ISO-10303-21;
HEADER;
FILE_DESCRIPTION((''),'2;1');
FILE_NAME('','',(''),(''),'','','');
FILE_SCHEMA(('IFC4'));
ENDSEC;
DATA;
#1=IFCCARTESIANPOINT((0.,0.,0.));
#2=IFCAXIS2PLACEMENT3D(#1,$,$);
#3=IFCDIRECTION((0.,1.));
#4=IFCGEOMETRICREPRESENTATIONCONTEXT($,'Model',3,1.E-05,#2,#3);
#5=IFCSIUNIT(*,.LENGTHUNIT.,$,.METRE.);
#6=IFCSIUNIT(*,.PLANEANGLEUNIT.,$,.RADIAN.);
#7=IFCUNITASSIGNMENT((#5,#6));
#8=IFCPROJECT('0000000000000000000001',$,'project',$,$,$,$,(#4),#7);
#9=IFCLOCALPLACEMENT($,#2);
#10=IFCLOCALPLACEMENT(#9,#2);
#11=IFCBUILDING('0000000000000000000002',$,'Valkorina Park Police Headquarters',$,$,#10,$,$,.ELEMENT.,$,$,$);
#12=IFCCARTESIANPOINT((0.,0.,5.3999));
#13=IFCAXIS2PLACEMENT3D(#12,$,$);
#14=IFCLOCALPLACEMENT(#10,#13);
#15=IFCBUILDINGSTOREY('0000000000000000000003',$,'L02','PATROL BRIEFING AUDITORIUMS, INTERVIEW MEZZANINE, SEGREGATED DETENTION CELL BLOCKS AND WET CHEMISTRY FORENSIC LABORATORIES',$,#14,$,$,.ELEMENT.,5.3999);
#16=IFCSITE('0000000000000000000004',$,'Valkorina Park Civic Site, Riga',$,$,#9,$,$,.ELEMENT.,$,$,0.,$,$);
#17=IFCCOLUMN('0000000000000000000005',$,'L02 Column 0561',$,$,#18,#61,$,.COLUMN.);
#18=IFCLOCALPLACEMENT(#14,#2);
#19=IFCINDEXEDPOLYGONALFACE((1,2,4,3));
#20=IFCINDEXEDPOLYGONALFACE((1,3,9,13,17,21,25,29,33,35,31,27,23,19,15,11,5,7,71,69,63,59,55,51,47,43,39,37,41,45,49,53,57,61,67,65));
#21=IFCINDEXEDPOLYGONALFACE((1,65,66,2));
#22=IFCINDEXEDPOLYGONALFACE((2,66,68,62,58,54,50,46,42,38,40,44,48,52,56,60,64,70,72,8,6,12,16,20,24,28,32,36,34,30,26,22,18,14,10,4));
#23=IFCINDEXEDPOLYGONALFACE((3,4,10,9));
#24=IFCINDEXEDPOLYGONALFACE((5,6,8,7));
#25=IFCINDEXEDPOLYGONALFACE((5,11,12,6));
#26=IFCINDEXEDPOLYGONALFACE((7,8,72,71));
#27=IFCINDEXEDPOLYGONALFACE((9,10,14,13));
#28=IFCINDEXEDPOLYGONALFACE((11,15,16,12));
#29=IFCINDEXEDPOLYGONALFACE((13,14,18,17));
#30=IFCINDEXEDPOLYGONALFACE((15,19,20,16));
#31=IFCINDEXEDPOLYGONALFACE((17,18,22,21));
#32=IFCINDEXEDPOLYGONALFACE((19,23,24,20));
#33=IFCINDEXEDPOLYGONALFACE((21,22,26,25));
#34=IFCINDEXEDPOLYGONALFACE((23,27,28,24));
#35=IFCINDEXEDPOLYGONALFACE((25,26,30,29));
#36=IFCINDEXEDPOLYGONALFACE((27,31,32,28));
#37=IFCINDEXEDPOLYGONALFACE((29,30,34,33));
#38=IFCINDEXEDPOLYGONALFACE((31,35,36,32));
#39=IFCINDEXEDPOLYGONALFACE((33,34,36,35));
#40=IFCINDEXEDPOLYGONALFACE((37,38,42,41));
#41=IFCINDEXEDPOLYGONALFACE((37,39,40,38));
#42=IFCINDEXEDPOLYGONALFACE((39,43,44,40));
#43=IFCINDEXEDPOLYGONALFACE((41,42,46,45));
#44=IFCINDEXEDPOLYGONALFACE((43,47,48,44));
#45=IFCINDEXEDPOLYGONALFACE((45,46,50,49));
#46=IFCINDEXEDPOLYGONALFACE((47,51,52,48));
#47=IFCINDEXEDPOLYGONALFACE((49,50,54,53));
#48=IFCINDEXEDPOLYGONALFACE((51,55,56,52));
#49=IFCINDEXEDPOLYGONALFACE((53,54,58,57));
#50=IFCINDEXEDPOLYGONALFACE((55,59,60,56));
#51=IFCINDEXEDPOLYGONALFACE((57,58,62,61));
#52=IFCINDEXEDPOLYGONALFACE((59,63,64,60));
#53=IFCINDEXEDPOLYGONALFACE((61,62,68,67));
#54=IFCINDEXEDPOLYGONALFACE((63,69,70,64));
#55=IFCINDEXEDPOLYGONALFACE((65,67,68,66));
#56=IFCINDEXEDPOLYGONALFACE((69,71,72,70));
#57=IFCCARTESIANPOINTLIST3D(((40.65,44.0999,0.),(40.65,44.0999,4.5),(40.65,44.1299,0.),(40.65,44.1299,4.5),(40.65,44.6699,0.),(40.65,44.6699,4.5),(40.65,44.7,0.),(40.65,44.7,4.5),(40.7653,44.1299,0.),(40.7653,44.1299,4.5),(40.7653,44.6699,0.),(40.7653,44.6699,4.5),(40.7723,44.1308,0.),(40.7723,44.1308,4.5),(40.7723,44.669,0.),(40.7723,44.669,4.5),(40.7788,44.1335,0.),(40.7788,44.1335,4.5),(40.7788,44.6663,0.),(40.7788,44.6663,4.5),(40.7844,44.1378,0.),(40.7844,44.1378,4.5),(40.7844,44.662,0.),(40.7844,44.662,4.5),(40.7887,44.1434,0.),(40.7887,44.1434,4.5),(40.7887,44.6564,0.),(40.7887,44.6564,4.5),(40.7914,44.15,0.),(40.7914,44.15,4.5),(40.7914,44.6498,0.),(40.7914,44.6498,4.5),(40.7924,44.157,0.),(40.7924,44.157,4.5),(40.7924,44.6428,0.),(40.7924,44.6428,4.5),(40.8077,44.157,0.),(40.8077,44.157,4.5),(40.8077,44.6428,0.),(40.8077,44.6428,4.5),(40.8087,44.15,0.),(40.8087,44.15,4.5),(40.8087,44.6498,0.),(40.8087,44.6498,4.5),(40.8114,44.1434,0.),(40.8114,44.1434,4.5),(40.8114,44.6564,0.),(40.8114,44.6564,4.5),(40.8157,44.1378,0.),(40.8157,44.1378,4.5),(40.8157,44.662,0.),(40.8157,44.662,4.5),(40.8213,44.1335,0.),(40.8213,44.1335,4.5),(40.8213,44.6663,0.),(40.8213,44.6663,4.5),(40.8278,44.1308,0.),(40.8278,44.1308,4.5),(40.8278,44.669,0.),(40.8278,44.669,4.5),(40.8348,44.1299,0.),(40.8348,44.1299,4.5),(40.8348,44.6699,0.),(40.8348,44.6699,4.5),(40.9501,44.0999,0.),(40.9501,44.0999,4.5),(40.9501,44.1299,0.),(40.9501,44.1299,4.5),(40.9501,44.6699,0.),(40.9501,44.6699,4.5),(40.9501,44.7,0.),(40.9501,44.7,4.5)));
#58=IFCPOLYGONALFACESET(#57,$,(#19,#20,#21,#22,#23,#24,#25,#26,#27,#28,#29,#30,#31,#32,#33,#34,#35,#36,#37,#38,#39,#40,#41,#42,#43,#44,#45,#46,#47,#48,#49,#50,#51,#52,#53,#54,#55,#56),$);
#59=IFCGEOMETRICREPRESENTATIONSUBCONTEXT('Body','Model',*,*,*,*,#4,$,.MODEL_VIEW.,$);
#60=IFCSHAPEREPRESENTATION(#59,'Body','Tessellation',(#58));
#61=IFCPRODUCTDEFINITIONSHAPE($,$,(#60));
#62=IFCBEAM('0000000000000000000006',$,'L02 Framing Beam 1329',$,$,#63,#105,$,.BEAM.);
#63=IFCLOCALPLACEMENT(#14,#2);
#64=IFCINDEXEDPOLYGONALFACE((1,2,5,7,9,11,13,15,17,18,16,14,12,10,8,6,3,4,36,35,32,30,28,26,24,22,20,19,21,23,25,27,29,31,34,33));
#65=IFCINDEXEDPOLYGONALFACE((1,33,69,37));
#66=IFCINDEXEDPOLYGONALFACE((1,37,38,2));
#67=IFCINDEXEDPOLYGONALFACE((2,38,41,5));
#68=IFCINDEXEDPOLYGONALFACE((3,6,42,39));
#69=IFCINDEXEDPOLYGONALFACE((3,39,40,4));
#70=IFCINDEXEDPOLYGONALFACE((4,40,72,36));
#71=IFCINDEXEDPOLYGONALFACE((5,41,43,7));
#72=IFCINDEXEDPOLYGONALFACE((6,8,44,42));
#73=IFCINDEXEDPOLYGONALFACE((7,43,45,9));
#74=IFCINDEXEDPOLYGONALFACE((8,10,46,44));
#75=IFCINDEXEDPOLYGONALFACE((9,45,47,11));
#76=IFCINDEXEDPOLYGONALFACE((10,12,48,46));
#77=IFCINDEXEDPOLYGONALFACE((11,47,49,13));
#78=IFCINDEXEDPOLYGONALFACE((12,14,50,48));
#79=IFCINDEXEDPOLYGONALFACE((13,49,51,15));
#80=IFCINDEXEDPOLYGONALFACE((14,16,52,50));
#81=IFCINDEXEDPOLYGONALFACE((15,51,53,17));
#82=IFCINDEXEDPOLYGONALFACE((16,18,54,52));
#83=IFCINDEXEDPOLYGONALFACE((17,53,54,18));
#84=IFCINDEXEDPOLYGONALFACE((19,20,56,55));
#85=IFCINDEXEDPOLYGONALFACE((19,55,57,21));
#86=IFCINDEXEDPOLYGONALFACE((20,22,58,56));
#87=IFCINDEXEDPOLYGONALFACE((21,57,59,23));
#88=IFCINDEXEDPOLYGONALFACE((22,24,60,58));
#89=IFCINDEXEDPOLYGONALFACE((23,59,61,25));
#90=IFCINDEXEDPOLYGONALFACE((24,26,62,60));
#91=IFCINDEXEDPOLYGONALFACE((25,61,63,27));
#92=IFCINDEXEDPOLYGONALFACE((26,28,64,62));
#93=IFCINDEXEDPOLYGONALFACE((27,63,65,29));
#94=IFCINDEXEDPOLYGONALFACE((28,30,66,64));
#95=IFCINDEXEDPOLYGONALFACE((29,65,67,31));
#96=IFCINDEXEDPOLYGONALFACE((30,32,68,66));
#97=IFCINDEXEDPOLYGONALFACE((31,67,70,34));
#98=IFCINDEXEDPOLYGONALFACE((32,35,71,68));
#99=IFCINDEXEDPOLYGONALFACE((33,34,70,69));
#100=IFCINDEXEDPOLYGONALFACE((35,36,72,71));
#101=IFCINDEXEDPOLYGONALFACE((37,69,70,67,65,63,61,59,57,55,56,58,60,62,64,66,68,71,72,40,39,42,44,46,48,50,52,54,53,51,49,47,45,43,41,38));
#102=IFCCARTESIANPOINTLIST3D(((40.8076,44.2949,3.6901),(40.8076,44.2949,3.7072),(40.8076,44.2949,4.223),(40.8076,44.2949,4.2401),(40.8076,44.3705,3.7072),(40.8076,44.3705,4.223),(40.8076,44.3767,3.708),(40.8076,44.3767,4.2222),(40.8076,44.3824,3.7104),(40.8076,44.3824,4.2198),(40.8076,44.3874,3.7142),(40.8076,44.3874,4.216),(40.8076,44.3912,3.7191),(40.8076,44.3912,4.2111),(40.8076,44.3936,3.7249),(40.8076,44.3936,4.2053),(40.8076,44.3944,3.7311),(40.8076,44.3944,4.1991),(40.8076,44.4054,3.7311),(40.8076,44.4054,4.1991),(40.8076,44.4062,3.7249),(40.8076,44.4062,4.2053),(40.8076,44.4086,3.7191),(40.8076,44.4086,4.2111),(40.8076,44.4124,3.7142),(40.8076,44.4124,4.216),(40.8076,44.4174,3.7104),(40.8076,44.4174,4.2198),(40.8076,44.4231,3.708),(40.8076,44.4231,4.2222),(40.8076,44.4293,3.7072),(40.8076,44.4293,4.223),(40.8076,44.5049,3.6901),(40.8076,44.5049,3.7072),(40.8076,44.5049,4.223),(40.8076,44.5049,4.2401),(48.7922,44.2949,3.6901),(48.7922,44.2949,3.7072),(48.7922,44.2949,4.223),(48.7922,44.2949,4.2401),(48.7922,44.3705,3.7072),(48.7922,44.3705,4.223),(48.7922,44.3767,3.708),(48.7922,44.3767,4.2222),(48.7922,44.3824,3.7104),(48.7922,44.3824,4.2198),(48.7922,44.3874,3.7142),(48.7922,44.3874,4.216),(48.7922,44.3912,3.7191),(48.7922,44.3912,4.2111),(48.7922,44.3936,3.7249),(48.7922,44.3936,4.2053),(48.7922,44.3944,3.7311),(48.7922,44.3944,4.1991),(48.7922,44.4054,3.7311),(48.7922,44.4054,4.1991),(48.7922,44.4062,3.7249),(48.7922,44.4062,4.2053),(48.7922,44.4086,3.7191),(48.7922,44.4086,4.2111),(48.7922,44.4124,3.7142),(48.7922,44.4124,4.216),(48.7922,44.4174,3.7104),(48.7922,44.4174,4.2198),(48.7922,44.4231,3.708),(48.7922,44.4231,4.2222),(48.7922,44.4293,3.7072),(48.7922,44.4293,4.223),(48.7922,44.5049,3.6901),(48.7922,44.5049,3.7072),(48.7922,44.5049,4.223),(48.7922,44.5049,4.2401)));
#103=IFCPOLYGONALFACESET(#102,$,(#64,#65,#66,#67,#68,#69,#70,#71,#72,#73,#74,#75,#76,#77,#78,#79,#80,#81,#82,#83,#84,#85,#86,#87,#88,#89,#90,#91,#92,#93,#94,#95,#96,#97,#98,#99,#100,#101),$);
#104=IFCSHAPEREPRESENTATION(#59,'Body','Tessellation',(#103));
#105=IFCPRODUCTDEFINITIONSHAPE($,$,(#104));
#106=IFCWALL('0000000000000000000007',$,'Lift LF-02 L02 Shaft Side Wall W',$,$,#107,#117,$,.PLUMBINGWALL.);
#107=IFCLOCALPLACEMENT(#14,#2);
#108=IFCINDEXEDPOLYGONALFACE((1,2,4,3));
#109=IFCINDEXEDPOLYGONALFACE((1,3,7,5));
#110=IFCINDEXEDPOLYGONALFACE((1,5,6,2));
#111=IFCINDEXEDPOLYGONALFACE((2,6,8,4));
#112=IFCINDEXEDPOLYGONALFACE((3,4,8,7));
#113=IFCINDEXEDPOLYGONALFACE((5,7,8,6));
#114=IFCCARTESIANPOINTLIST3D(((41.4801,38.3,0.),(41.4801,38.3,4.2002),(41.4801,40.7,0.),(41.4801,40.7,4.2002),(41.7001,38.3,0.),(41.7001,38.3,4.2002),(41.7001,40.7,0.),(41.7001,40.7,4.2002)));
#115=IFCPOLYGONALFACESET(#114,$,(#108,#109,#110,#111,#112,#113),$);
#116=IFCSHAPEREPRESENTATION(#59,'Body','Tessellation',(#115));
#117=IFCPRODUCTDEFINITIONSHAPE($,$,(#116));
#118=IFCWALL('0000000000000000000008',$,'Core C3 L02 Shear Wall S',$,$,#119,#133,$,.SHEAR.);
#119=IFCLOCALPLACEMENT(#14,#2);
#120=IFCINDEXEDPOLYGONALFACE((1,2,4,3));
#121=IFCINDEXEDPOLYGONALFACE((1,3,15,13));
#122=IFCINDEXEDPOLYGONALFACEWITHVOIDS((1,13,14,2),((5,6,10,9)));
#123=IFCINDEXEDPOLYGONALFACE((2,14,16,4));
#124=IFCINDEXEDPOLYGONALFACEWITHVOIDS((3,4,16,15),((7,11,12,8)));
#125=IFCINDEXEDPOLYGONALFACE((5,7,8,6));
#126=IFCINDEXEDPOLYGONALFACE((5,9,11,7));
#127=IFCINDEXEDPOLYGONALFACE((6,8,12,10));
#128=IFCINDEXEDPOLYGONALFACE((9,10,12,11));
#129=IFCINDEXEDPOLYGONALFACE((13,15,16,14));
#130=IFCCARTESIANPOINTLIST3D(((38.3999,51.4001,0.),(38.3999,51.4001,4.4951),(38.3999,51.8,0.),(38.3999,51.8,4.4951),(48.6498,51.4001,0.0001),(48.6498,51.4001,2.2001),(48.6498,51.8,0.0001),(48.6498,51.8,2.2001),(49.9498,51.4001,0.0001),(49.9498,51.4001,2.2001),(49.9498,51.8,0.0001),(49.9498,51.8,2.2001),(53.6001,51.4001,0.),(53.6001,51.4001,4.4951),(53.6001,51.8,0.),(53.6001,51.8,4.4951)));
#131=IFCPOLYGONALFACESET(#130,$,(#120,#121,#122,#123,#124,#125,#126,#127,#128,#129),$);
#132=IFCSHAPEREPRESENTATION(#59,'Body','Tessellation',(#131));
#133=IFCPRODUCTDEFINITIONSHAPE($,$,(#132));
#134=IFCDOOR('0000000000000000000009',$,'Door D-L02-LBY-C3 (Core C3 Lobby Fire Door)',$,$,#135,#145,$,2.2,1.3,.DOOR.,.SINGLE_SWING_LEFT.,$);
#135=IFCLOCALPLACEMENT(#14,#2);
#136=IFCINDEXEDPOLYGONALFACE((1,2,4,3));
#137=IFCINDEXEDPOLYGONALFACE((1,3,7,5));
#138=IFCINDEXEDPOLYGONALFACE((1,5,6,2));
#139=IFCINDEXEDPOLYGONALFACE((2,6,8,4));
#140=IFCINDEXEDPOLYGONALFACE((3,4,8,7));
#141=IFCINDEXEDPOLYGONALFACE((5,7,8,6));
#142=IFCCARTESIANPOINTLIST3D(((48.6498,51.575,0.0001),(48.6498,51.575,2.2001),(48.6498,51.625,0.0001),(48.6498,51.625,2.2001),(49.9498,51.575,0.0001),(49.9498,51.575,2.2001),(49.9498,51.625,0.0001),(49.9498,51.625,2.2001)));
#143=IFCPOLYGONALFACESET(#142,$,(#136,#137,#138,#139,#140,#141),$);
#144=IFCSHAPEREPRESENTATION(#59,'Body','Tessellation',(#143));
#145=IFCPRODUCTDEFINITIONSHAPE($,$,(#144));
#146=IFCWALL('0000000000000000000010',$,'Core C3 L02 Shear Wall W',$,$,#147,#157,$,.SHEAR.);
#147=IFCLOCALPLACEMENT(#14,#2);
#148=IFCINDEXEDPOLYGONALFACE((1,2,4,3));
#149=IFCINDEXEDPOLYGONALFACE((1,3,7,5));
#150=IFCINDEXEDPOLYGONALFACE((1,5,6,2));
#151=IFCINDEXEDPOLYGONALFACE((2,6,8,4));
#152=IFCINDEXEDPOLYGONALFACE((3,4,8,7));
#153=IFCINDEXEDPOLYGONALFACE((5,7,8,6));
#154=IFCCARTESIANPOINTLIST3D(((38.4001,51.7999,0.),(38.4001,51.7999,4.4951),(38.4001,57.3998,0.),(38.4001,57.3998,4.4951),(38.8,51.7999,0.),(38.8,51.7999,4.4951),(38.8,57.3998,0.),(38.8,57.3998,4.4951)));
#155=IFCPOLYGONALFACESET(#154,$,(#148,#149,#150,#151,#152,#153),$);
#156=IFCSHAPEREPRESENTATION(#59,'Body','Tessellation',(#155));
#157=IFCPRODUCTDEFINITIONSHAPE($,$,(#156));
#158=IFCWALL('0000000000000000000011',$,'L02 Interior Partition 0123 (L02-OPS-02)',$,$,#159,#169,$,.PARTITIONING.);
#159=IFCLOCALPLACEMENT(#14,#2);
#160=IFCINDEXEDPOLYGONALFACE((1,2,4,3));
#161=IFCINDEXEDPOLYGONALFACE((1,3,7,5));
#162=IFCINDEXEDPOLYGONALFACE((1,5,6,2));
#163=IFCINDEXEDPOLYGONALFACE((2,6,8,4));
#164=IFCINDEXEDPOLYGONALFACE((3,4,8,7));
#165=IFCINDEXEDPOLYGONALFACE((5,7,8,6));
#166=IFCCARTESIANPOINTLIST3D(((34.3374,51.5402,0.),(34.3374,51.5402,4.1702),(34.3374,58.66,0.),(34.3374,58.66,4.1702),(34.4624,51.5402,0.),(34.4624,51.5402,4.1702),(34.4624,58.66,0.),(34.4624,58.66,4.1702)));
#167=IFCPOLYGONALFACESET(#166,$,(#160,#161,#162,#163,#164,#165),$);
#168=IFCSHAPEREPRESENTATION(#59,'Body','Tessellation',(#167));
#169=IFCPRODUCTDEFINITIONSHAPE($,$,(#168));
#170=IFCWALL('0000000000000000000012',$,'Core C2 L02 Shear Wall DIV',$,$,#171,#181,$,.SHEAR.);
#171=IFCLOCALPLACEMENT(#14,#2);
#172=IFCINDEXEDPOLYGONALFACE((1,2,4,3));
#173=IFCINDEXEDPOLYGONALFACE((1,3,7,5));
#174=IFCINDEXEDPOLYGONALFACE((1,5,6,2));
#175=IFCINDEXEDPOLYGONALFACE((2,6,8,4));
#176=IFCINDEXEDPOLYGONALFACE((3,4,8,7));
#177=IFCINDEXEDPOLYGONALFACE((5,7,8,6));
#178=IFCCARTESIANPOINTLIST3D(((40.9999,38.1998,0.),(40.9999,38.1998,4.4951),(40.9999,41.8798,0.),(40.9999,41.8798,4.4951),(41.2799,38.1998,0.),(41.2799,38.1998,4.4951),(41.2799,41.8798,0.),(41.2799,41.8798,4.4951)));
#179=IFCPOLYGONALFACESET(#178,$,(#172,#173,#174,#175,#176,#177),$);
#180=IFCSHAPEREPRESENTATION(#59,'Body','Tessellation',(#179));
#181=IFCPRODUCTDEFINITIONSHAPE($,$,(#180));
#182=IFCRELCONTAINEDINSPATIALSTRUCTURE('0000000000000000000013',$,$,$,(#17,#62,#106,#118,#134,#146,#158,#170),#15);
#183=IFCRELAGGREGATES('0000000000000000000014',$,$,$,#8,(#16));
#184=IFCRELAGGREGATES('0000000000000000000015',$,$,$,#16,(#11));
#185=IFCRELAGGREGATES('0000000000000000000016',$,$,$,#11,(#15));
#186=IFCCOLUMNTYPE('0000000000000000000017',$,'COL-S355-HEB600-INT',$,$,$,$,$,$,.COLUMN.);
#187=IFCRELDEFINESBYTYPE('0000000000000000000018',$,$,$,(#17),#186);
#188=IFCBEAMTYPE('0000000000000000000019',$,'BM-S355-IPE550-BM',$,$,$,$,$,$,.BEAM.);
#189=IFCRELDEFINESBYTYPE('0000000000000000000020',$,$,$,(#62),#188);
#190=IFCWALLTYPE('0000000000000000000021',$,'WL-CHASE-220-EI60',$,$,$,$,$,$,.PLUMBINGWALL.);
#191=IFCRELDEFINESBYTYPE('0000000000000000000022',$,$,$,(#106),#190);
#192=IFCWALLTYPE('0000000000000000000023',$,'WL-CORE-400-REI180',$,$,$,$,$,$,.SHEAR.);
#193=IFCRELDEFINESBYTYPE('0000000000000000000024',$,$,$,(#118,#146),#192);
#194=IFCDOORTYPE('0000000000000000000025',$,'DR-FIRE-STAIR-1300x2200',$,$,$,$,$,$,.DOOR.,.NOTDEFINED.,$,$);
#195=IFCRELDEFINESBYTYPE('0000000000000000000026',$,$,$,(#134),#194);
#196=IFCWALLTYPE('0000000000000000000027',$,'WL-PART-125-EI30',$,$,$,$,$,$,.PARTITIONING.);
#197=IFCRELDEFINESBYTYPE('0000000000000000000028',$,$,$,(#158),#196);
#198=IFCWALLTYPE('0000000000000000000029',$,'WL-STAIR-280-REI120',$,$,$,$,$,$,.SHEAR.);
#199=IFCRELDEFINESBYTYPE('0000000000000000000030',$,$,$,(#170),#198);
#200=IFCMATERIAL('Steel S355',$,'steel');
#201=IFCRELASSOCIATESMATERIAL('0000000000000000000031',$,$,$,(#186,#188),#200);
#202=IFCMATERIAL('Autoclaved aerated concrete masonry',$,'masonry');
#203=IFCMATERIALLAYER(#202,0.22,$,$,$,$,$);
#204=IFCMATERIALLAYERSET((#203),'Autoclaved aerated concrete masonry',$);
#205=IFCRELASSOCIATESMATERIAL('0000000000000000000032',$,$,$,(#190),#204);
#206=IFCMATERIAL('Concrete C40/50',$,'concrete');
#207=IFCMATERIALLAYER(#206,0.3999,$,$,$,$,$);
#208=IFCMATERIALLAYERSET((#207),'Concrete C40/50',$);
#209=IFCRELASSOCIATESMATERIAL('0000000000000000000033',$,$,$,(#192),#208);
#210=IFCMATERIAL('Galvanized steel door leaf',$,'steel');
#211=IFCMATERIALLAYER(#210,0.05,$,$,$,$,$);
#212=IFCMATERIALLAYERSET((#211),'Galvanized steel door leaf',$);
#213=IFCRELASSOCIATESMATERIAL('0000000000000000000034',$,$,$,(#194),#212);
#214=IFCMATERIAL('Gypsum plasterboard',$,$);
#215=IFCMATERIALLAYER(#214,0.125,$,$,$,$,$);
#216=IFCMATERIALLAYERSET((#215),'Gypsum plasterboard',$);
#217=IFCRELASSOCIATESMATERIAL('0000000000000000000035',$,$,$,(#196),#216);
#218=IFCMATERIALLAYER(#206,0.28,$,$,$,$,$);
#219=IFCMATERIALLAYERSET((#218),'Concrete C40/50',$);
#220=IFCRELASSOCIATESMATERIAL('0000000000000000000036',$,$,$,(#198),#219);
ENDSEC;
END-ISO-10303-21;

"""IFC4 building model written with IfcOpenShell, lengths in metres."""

from ifc_helpers import new_model, si_unit, direction, frame, frame_2d, origin, origin_2d, place, context, subcontext, project, spatial, rectangle, i_section, extrude, material, layer, layer_set, material_profile, profile_set, type_object, element, fill, save


model = new_model("IFC4")

# Units and contexts
model_context = context("Model", 3, precision=1e-05, world=origin(), true_north=direction((0.0, 1.0)))
body_context = subcontext(model_context, "Body", "Model", "MODEL_VIEW")
ifc_project = project(units=[si_unit("LENGTHUNIT", "METRE"), si_unit("PLANEANGLEUNIT", "RADIAN")], contexts=[model_context])

# Site, building, storey
site_placement = place(None, origin())
site = spatial("IfcSite", under=ifc_project, at=site_placement, Name="Valkorina Park Civic Site, Riga", CompositionType="ELEMENT", RefElevation=0.0)
building_placement = place(site_placement, origin())
building = spatial("IfcBuilding", under=site, at=building_placement, Name="Valkorina Park Police Headquarters", CompositionType="ELEMENT")
storey_placement = place(building_placement, frame((0.0, 0.0, 5.3999)))
storey = spatial("IfcBuildingStorey", under=building, at=storey_placement, Name="L02", Description="PATROL BRIEFING AUDITORIUMS, INTERVIEW MEZZANINE, SEGREGATED DETENTION CELL BLOCKS AND WET CHEMISTRY FORENSIC LABORATORIES", CompositionType="ELEMENT", Elevation=5.3999)

# Column
ifc_material_1 = material(Name="Steel S355", Category="steel")
ifc_material_profile_1 = material_profile(ifc_material_1, i_section(OverallWidth=0.3, OverallDepth=0.6001, WebThickness=0.0154, FlangeThickness=0.03, FilletRadius=0.0271, at=origin_2d()), Name="HEB 600")
ifc_profile_set_1 = profile_set([ifc_material_profile_1], Name="Steel S355")
column_type = type_object("IfcColumnType", Name="COL-S355-HEB600-INT", PredefinedType="COLUMN", material=ifc_profile_set_1)
column_placement = place(storey_placement, frame((40.8, 44.3999, 0.0), z_axis=(0.0, 0.0, 1.0), x_axis=(1.0, 0.0, 0.0)))
element("IfcColumn", 1, at=column_placement, inside=storey, type_object=column_type, Name="L02 Column 0561", PredefinedType="COLUMN", context=body_context, shape_type="SweptSolid", body=[
    extrude(i_section(OverallWidth=0.3, OverallDepth=0.6001, WebThickness=0.0154, FlangeThickness=0.03, FilletRadius=0.0271, at=origin_2d()), origin(), (0.0, 0.0, 1.0), 4.5),
])

# Beam
ifc_material_profile_2 = material_profile(ifc_material_1, i_section(OverallWidth=0.21, OverallDepth=0.55, WebThickness=0.011, FlangeThickness=0.0171, FilletRadius=0.0239, at=origin_2d()), Name="IPE 550")
ifc_profile_set_2 = profile_set([ifc_material_profile_2], Name="Steel S355")
beam_type = type_object("IfcBeamType", Name="BM-S355-IPE550-BM", PredefinedType="BEAM", material=ifc_profile_set_2)
beam_placement = place(storey_placement, frame((40.8076, 44.3999, 3.9651), z_axis=(1.0, 0.0, 0.0), x_axis=(0.0, 1.0, 0.0)))
element("IfcBeam", 2, at=beam_placement, inside=storey, type_object=beam_type, Name="L02 Framing Beam 1329", PredefinedType="BEAM", context=body_context, shape_type="SweptSolid", body=[
    extrude(i_section(OverallWidth=0.21, OverallDepth=0.55, WebThickness=0.011, FlangeThickness=0.0171, FilletRadius=0.0239, at=origin_2d()), origin(), (0.0, 0.0, 1.0), 7.9846),
])

# Wall
ifc_material_2 = material(Name="Autoclaved aerated concrete masonry", Category="masonry")
ifc_layer_1 = layer(ifc_material_2, 0.22)
ifc_layer_set_1 = layer_set([ifc_layer_1], Name="Autoclaved aerated concrete masonry")
wall_type_1 = type_object("IfcWallType", Name="WL-CHASE-220-EI60", PredefinedType="PLUMBINGWALL", material=ifc_layer_set_1)
wall_1_placement = place(storey_placement, frame((41.5901, 38.3, 0.0), z_axis=(0.0, 0.0, 1.0), x_axis=(0.0, 1.0, 0.0)))
element("IfcWall", 3, at=wall_1_placement, inside=storey, type_object=wall_type_1, Name="Lift LF-02 L02 Shaft Side Wall W", PredefinedType="PLUMBINGWALL", context=body_context, shape_type="SweptSolid", body=[
    extrude(rectangle(XDim=2.3999, YDim=0.22, at=frame_2d((1.2, 0.0))), origin(), (0.0, 0.0, 1.0), 4.2002),
])

# Wall, opening, door
ifc_material_3 = material(Name="Concrete C40/50", Category="concrete")
ifc_layer_2 = layer(ifc_material_3, 0.3999)
ifc_layer_set_2 = layer_set([ifc_layer_2], Name="Concrete C40/50")
wall_type_2 = type_object("IfcWallType", Name="WL-CORE-400-REI180", PredefinedType="SHEAR", material=ifc_layer_set_2)
wall_2_placement = place(storey_placement, frame((38.3999, 51.6001, 0.0), z_axis=(0.0, 0.0, 1.0), x_axis=(1.0, 0.0, 0.0)))
wall_2 = element("IfcWall", 4, at=wall_2_placement, inside=storey, type_object=wall_type_2, Name="Core C3 L02 Shear Wall S", PredefinedType="SHEAR", context=body_context, shape_type="SweptSolid", body=[
    extrude(rectangle(XDim=15.2002, YDim=0.3999, at=frame_2d((7.6001, 0.0))), origin(), (0.0, 0.0, 1.0), 4.4951),
])
opening_placement = place(wall_2_placement, frame((10.25, 0.0, 0.0)))
opening = element("IfcOpeningElement", 5, at=opening_placement, cuts=wall_2, PredefinedType="OPENING", context=body_context, shape_type="SweptSolid", body=[
    extrude(rectangle(XDim=1.3, YDim=2.2, at=frame_2d((0.6499, 1.1001))), frame((0.0, 0.21, 0.0), z_axis=(0.0, -1.0, 0.0), x_axis=(1.0, 0.0, 0.0)), (0.0, 0.0, 1.0), 0.4199),
])
ifc_material_4 = material(Name="Galvanized steel door leaf", Category="steel")
ifc_layer_3 = layer(ifc_material_4, 0.05)
ifc_layer_set_3 = layer_set([ifc_layer_3], Name="Galvanized steel door leaf")
door_type = type_object("IfcDoorType", Name="DR-FIRE-STAIR-1300x2200", OperationType="NOTDEFINED", PredefinedType="DOOR", material=ifc_layer_set_3)
door_placement = place(opening_placement, origin())
door = element("IfcDoor", 6, at=door_placement, inside=storey, type_object=door_type, Name="Door D-L02-LBY-C3 (Core C3 Lobby Fire Door)", OperationType="SINGLE_SWING_LEFT", OverallHeight=2.2, OverallWidth=1.3, PredefinedType="DOOR", context=body_context, shape_type="SweptSolid", body=[
    extrude(rectangle(XDim=1.3, YDim=2.2, at=frame_2d((0.6499, 1.1001))), frame((0.0, 0.0249, 0.0), z_axis=(0.0, -1.0, 0.0), x_axis=(1.0, 0.0, 0.0)), (0.0, 0.0, 1.0), 0.05),
])
fill(opening, door)

# Walls
wall_3_placement = place(storey_placement, frame((38.6001, 51.8, 0.0), z_axis=(0.0, 0.0, 1.0), x_axis=(0.0, 1.0, 0.0)))
element("IfcWall", 7, at=wall_3_placement, inside=storey, type_object=wall_type_2, Name="Core C3 L02 Shear Wall W", PredefinedType="SHEAR", context=body_context, shape_type="SweptSolid", body=[
    extrude(rectangle(XDim=5.5999, YDim=0.3999, at=frame_2d((2.7998, 0.0))), origin(), (0.0, 0.0, 1.0), 4.4951),
])
ifc_material_5 = material(Name="Gypsum plasterboard")
ifc_layer_4 = layer(ifc_material_5, 0.125)
ifc_layer_set_4 = layer_set([ifc_layer_4], Name="Gypsum plasterboard")
wall_type_3 = type_object("IfcWallType", Name="WL-PART-125-EI30", PredefinedType="PARTITIONING", material=ifc_layer_set_4)
wall_4_placement = place(storey_placement, frame((34.3999, 51.54, 0.0), z_axis=(0.0, 0.0, 1.0), x_axis=(0.0, 1.0, 0.0)))
element("IfcWall", 8, at=wall_4_placement, inside=storey, type_object=wall_type_3, Name="L02 Interior Partition 0123 (L02-OPS-02)", PredefinedType="PARTITIONING", context=body_context, shape_type="SweptSolid", body=[
    extrude(rectangle(XDim=7.1199, YDim=0.125, at=frame_2d((3.5601, 0.0))), origin(), (0.0, 0.0, 1.0), 4.1702),
])
ifc_layer_5 = layer(ifc_material_3, 0.28)
ifc_layer_set_5 = layer_set([ifc_layer_5], Name="Concrete C40/50")
wall_type_4 = type_object("IfcWallType", Name="WL-STAIR-280-REI120", PredefinedType="SHEAR", material=ifc_layer_set_5)
wall_5_placement = place(storey_placement, frame((41.1399, 38.2, 0.0), z_axis=(0.0, 0.0, 1.0), x_axis=(0.0, 1.0, 0.0)))
element("IfcWall", 9, at=wall_5_placement, inside=storey, type_object=wall_type_4, Name="Core C2 L02 Shear Wall DIV", PredefinedType="SHEAR", context=body_context, shape_type="SweptSolid", body=[
    extrude(rectangle(XDim=3.6799, YDim=0.28, at=frame_2d((1.8398, 0.0))), origin(), (0.0, 0.0, 1.0), 4.4951),
])

save(model, "model.ifc")
